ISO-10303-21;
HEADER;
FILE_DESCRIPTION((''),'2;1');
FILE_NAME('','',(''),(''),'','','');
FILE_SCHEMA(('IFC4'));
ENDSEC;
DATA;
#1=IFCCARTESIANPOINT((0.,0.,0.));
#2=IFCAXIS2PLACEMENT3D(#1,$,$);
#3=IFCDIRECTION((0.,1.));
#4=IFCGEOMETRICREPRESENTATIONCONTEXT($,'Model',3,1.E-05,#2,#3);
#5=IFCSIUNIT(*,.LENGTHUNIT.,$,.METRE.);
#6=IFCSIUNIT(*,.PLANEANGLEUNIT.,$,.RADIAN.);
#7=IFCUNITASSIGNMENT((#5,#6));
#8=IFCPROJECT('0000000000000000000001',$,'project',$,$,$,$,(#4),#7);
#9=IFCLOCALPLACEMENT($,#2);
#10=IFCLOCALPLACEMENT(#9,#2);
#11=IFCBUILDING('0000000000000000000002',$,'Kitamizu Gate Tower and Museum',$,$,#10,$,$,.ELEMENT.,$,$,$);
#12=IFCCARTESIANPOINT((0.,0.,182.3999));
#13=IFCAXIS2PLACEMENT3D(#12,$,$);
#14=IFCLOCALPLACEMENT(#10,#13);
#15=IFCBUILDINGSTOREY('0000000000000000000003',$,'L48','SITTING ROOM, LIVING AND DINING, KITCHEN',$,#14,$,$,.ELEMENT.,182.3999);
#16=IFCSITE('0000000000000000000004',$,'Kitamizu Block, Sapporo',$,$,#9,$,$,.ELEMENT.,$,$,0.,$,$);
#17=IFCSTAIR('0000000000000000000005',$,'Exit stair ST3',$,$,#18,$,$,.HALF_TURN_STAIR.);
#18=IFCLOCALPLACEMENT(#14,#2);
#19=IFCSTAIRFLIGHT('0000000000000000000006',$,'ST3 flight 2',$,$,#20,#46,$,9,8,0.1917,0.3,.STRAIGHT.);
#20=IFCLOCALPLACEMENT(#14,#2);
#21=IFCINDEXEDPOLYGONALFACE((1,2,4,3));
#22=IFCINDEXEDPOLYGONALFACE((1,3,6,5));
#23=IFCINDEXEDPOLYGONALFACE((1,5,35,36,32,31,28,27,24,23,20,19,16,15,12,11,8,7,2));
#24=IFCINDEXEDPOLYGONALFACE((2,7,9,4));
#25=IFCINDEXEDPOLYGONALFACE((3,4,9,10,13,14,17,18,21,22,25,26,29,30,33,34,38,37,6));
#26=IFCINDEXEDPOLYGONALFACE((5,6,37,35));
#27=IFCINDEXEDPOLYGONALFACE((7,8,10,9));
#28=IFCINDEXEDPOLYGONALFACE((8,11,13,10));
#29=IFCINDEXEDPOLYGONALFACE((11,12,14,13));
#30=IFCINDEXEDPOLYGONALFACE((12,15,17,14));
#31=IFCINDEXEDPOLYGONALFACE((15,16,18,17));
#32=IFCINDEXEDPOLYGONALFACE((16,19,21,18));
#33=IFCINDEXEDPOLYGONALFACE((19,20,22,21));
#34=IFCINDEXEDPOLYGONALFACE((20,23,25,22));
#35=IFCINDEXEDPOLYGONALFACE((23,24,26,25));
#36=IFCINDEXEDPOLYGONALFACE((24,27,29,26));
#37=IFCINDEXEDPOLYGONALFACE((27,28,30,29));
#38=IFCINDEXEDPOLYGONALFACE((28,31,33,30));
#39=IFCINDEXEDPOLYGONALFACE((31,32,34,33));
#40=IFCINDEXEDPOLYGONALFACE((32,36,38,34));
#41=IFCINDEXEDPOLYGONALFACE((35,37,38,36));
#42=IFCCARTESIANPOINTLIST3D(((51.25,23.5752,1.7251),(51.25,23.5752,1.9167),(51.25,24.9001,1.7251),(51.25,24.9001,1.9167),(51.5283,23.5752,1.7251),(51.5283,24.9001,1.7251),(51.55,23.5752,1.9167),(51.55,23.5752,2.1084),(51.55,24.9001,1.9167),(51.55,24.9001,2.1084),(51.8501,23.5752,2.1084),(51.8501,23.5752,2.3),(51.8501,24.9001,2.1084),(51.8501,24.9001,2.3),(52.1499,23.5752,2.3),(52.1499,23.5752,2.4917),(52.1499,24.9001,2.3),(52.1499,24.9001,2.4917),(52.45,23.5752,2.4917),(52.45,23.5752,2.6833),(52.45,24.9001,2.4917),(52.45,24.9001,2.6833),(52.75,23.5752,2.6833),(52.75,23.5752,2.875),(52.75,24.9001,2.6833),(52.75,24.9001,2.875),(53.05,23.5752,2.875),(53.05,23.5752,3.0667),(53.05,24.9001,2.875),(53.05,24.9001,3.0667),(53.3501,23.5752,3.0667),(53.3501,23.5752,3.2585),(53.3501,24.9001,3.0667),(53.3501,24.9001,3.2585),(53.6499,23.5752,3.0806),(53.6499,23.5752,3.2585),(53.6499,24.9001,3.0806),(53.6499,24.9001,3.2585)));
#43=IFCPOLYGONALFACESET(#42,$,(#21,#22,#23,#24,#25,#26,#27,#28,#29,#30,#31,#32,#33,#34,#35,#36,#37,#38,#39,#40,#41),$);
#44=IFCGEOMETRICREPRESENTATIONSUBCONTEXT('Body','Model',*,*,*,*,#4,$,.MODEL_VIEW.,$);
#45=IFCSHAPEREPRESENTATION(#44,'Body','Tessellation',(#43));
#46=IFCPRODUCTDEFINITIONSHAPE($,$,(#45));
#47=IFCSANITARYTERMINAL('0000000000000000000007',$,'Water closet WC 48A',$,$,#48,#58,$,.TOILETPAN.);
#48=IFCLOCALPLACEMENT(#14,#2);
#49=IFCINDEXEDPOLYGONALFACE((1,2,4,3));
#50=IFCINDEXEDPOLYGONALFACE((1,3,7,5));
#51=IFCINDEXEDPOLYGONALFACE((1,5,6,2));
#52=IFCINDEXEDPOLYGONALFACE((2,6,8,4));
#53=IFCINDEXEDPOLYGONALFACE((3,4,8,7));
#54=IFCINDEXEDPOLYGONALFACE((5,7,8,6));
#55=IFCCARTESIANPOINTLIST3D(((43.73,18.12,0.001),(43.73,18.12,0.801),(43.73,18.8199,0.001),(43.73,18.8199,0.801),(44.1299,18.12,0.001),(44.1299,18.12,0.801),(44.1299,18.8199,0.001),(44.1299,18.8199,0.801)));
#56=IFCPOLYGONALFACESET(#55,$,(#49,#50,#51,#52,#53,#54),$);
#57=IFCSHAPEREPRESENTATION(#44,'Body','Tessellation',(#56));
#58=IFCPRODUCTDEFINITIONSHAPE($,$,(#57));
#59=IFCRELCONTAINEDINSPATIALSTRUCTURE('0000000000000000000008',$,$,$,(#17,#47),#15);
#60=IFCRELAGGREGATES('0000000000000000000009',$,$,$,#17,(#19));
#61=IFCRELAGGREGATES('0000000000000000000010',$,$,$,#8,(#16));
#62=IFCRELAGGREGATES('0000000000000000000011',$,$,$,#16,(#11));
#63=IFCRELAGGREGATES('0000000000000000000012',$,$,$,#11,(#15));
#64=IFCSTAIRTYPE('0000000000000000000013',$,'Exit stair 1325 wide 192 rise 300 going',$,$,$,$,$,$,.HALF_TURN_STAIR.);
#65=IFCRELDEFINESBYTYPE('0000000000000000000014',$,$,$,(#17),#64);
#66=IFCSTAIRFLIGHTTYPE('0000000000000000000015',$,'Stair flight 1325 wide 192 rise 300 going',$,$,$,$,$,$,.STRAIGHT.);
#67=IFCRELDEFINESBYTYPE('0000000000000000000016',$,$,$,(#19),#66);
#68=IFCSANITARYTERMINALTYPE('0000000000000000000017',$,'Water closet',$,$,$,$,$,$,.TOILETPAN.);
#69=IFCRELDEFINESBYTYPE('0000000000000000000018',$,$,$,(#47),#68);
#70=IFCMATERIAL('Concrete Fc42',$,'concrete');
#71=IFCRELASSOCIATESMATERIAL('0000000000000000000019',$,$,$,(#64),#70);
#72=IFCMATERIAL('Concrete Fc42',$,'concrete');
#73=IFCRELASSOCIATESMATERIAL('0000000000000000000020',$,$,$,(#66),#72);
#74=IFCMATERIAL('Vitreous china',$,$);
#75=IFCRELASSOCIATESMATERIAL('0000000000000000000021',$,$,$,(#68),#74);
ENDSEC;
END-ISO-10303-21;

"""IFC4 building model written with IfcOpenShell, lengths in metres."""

from ifc_helpers import new_model, si_unit, direction, frame, origin, origin_2d, place, context, subcontext, project, spatial, polyline, rectangle, outline, extrude, material, type_object, element, aggregate, save


model = new_model("IFC4")

# Units and contexts
model_context = context("Model", 3, precision=1e-05, world=origin(), true_north=direction((0.0, 1.0)))
body_context = subcontext(model_context, "Body", "Model", "MODEL_VIEW")
ifc_project = project(units=[si_unit("LENGTHUNIT", "METRE"), si_unit("PLANEANGLEUNIT", "RADIAN")], contexts=[model_context])

# Site, building, storey
site_placement = place(None, origin())
site = spatial("IfcSite", under=ifc_project, at=site_placement, Name="Kitamizu Block, Sapporo", CompositionType="ELEMENT", RefElevation=0.0)
building_placement = place(site_placement, origin())
building = spatial("IfcBuilding", under=site, at=building_placement, Name="Kitamizu Gate Tower and Museum", CompositionType="ELEMENT")
storey_placement = place(building_placement, frame((0.0, 0.0, 182.3999)))
storey = spatial("IfcBuildingStorey", under=building, at=storey_placement, Name="L48", Description="SITTING ROOM, LIVING AND DINING, KITCHEN", CompositionType="ELEMENT", Elevation=182.3999)

# Stair, stair flight
ifc_material_1 = material(Name="Concrete Fc42", Category="concrete")
stair_type = type_object("IfcStairType", Name="Exit stair 1325 wide 192 rise 300 going", PredefinedType="HALF_TURN_STAIR", material=ifc_material_1)
stair_placement = place(storey_placement, origin())
stair = element("IfcStair", 1, at=stair_placement, inside=storey, type_object=stair_type, Name="Exit stair ST3", PredefinedType="HALF_TURN_STAIR")
ifc_material_2 = material(Name="Concrete Fc42", Category="concrete")
stair_flight_type = type_object("IfcStairFlightType", Name="Stair flight 1325 wide 192 rise 300 going", PredefinedType="STRAIGHT", material=ifc_material_2)
stair_flight_placement = place(storey_placement, frame((51.25, 24.2375, 1.7251), z_axis=(0.0, 0.0, 1.0), x_axis=(1.0, 0.0, 0.0)))
stair_flight = element("IfcStairFlight", 2, at=stair_flight_placement, type_object=stair_flight_type, Name="ST3 flight 2", NumberOfRisers=9, NumberOfTreads=8, PredefinedType="STRAIGHT", RiserHeight=0.1917, TreadLength=0.3, context=body_context, shape_type="SweptSolid", body=[
    extrude(outline(polyline([(0.0, 0.0), (0.0, 0.1917), (0.3, 0.1917), (0.3, 0.3833), (0.6001, 0.3833), (0.6001, 0.575), (0.8999, 0.575), (0.8999, 0.7666), (1.2, 0.7666), (1.2, 0.9583), (1.5, 0.9583), (1.5, 1.1499), (1.8, 1.1499), (1.8, 1.3416), (2.1001, 1.3416), (2.1001, 1.5334), (2.3999, 1.5334), (2.3999, 1.7251), (2.3999, 1.3555), (0.2783, 0.0), (0.0, 0.0)])), frame((0.0, 0.6626, 0.0), z_axis=(0.0, -1.0, 0.0), x_axis=(1.0, 0.0, 0.0)), (0.0, 0.0, 1.0), 1.325),
])
aggregate(stair, [stair_flight])

# Sanitary terminal
ifc_material_3 = material(Name="Vitreous china")
sanitary_terminal_type = type_object("IfcSanitaryTerminalType", Name="Water closet", PredefinedType="TOILETPAN", material=ifc_material_3)
sanitary_terminal_placement = place(storey_placement, frame((43.9299, 18.47, 0.001), z_axis=(0.0, 0.0, 1.0), x_axis=(1.0, 0.0, 0.0)))
element("IfcSanitaryTerminal", 3, at=sanitary_terminal_placement, inside=storey, type_object=sanitary_terminal_type, Name="Water closet WC 48A", PredefinedType="TOILETPAN", context=body_context, shape_type="SweptSolid", body=[
    extrude(rectangle(XDim=0.3999, YDim=0.7, at=origin_2d()), origin(), (0.0, 0.0, 1.0), 0.8),
])

save(model, "model.ifc")
